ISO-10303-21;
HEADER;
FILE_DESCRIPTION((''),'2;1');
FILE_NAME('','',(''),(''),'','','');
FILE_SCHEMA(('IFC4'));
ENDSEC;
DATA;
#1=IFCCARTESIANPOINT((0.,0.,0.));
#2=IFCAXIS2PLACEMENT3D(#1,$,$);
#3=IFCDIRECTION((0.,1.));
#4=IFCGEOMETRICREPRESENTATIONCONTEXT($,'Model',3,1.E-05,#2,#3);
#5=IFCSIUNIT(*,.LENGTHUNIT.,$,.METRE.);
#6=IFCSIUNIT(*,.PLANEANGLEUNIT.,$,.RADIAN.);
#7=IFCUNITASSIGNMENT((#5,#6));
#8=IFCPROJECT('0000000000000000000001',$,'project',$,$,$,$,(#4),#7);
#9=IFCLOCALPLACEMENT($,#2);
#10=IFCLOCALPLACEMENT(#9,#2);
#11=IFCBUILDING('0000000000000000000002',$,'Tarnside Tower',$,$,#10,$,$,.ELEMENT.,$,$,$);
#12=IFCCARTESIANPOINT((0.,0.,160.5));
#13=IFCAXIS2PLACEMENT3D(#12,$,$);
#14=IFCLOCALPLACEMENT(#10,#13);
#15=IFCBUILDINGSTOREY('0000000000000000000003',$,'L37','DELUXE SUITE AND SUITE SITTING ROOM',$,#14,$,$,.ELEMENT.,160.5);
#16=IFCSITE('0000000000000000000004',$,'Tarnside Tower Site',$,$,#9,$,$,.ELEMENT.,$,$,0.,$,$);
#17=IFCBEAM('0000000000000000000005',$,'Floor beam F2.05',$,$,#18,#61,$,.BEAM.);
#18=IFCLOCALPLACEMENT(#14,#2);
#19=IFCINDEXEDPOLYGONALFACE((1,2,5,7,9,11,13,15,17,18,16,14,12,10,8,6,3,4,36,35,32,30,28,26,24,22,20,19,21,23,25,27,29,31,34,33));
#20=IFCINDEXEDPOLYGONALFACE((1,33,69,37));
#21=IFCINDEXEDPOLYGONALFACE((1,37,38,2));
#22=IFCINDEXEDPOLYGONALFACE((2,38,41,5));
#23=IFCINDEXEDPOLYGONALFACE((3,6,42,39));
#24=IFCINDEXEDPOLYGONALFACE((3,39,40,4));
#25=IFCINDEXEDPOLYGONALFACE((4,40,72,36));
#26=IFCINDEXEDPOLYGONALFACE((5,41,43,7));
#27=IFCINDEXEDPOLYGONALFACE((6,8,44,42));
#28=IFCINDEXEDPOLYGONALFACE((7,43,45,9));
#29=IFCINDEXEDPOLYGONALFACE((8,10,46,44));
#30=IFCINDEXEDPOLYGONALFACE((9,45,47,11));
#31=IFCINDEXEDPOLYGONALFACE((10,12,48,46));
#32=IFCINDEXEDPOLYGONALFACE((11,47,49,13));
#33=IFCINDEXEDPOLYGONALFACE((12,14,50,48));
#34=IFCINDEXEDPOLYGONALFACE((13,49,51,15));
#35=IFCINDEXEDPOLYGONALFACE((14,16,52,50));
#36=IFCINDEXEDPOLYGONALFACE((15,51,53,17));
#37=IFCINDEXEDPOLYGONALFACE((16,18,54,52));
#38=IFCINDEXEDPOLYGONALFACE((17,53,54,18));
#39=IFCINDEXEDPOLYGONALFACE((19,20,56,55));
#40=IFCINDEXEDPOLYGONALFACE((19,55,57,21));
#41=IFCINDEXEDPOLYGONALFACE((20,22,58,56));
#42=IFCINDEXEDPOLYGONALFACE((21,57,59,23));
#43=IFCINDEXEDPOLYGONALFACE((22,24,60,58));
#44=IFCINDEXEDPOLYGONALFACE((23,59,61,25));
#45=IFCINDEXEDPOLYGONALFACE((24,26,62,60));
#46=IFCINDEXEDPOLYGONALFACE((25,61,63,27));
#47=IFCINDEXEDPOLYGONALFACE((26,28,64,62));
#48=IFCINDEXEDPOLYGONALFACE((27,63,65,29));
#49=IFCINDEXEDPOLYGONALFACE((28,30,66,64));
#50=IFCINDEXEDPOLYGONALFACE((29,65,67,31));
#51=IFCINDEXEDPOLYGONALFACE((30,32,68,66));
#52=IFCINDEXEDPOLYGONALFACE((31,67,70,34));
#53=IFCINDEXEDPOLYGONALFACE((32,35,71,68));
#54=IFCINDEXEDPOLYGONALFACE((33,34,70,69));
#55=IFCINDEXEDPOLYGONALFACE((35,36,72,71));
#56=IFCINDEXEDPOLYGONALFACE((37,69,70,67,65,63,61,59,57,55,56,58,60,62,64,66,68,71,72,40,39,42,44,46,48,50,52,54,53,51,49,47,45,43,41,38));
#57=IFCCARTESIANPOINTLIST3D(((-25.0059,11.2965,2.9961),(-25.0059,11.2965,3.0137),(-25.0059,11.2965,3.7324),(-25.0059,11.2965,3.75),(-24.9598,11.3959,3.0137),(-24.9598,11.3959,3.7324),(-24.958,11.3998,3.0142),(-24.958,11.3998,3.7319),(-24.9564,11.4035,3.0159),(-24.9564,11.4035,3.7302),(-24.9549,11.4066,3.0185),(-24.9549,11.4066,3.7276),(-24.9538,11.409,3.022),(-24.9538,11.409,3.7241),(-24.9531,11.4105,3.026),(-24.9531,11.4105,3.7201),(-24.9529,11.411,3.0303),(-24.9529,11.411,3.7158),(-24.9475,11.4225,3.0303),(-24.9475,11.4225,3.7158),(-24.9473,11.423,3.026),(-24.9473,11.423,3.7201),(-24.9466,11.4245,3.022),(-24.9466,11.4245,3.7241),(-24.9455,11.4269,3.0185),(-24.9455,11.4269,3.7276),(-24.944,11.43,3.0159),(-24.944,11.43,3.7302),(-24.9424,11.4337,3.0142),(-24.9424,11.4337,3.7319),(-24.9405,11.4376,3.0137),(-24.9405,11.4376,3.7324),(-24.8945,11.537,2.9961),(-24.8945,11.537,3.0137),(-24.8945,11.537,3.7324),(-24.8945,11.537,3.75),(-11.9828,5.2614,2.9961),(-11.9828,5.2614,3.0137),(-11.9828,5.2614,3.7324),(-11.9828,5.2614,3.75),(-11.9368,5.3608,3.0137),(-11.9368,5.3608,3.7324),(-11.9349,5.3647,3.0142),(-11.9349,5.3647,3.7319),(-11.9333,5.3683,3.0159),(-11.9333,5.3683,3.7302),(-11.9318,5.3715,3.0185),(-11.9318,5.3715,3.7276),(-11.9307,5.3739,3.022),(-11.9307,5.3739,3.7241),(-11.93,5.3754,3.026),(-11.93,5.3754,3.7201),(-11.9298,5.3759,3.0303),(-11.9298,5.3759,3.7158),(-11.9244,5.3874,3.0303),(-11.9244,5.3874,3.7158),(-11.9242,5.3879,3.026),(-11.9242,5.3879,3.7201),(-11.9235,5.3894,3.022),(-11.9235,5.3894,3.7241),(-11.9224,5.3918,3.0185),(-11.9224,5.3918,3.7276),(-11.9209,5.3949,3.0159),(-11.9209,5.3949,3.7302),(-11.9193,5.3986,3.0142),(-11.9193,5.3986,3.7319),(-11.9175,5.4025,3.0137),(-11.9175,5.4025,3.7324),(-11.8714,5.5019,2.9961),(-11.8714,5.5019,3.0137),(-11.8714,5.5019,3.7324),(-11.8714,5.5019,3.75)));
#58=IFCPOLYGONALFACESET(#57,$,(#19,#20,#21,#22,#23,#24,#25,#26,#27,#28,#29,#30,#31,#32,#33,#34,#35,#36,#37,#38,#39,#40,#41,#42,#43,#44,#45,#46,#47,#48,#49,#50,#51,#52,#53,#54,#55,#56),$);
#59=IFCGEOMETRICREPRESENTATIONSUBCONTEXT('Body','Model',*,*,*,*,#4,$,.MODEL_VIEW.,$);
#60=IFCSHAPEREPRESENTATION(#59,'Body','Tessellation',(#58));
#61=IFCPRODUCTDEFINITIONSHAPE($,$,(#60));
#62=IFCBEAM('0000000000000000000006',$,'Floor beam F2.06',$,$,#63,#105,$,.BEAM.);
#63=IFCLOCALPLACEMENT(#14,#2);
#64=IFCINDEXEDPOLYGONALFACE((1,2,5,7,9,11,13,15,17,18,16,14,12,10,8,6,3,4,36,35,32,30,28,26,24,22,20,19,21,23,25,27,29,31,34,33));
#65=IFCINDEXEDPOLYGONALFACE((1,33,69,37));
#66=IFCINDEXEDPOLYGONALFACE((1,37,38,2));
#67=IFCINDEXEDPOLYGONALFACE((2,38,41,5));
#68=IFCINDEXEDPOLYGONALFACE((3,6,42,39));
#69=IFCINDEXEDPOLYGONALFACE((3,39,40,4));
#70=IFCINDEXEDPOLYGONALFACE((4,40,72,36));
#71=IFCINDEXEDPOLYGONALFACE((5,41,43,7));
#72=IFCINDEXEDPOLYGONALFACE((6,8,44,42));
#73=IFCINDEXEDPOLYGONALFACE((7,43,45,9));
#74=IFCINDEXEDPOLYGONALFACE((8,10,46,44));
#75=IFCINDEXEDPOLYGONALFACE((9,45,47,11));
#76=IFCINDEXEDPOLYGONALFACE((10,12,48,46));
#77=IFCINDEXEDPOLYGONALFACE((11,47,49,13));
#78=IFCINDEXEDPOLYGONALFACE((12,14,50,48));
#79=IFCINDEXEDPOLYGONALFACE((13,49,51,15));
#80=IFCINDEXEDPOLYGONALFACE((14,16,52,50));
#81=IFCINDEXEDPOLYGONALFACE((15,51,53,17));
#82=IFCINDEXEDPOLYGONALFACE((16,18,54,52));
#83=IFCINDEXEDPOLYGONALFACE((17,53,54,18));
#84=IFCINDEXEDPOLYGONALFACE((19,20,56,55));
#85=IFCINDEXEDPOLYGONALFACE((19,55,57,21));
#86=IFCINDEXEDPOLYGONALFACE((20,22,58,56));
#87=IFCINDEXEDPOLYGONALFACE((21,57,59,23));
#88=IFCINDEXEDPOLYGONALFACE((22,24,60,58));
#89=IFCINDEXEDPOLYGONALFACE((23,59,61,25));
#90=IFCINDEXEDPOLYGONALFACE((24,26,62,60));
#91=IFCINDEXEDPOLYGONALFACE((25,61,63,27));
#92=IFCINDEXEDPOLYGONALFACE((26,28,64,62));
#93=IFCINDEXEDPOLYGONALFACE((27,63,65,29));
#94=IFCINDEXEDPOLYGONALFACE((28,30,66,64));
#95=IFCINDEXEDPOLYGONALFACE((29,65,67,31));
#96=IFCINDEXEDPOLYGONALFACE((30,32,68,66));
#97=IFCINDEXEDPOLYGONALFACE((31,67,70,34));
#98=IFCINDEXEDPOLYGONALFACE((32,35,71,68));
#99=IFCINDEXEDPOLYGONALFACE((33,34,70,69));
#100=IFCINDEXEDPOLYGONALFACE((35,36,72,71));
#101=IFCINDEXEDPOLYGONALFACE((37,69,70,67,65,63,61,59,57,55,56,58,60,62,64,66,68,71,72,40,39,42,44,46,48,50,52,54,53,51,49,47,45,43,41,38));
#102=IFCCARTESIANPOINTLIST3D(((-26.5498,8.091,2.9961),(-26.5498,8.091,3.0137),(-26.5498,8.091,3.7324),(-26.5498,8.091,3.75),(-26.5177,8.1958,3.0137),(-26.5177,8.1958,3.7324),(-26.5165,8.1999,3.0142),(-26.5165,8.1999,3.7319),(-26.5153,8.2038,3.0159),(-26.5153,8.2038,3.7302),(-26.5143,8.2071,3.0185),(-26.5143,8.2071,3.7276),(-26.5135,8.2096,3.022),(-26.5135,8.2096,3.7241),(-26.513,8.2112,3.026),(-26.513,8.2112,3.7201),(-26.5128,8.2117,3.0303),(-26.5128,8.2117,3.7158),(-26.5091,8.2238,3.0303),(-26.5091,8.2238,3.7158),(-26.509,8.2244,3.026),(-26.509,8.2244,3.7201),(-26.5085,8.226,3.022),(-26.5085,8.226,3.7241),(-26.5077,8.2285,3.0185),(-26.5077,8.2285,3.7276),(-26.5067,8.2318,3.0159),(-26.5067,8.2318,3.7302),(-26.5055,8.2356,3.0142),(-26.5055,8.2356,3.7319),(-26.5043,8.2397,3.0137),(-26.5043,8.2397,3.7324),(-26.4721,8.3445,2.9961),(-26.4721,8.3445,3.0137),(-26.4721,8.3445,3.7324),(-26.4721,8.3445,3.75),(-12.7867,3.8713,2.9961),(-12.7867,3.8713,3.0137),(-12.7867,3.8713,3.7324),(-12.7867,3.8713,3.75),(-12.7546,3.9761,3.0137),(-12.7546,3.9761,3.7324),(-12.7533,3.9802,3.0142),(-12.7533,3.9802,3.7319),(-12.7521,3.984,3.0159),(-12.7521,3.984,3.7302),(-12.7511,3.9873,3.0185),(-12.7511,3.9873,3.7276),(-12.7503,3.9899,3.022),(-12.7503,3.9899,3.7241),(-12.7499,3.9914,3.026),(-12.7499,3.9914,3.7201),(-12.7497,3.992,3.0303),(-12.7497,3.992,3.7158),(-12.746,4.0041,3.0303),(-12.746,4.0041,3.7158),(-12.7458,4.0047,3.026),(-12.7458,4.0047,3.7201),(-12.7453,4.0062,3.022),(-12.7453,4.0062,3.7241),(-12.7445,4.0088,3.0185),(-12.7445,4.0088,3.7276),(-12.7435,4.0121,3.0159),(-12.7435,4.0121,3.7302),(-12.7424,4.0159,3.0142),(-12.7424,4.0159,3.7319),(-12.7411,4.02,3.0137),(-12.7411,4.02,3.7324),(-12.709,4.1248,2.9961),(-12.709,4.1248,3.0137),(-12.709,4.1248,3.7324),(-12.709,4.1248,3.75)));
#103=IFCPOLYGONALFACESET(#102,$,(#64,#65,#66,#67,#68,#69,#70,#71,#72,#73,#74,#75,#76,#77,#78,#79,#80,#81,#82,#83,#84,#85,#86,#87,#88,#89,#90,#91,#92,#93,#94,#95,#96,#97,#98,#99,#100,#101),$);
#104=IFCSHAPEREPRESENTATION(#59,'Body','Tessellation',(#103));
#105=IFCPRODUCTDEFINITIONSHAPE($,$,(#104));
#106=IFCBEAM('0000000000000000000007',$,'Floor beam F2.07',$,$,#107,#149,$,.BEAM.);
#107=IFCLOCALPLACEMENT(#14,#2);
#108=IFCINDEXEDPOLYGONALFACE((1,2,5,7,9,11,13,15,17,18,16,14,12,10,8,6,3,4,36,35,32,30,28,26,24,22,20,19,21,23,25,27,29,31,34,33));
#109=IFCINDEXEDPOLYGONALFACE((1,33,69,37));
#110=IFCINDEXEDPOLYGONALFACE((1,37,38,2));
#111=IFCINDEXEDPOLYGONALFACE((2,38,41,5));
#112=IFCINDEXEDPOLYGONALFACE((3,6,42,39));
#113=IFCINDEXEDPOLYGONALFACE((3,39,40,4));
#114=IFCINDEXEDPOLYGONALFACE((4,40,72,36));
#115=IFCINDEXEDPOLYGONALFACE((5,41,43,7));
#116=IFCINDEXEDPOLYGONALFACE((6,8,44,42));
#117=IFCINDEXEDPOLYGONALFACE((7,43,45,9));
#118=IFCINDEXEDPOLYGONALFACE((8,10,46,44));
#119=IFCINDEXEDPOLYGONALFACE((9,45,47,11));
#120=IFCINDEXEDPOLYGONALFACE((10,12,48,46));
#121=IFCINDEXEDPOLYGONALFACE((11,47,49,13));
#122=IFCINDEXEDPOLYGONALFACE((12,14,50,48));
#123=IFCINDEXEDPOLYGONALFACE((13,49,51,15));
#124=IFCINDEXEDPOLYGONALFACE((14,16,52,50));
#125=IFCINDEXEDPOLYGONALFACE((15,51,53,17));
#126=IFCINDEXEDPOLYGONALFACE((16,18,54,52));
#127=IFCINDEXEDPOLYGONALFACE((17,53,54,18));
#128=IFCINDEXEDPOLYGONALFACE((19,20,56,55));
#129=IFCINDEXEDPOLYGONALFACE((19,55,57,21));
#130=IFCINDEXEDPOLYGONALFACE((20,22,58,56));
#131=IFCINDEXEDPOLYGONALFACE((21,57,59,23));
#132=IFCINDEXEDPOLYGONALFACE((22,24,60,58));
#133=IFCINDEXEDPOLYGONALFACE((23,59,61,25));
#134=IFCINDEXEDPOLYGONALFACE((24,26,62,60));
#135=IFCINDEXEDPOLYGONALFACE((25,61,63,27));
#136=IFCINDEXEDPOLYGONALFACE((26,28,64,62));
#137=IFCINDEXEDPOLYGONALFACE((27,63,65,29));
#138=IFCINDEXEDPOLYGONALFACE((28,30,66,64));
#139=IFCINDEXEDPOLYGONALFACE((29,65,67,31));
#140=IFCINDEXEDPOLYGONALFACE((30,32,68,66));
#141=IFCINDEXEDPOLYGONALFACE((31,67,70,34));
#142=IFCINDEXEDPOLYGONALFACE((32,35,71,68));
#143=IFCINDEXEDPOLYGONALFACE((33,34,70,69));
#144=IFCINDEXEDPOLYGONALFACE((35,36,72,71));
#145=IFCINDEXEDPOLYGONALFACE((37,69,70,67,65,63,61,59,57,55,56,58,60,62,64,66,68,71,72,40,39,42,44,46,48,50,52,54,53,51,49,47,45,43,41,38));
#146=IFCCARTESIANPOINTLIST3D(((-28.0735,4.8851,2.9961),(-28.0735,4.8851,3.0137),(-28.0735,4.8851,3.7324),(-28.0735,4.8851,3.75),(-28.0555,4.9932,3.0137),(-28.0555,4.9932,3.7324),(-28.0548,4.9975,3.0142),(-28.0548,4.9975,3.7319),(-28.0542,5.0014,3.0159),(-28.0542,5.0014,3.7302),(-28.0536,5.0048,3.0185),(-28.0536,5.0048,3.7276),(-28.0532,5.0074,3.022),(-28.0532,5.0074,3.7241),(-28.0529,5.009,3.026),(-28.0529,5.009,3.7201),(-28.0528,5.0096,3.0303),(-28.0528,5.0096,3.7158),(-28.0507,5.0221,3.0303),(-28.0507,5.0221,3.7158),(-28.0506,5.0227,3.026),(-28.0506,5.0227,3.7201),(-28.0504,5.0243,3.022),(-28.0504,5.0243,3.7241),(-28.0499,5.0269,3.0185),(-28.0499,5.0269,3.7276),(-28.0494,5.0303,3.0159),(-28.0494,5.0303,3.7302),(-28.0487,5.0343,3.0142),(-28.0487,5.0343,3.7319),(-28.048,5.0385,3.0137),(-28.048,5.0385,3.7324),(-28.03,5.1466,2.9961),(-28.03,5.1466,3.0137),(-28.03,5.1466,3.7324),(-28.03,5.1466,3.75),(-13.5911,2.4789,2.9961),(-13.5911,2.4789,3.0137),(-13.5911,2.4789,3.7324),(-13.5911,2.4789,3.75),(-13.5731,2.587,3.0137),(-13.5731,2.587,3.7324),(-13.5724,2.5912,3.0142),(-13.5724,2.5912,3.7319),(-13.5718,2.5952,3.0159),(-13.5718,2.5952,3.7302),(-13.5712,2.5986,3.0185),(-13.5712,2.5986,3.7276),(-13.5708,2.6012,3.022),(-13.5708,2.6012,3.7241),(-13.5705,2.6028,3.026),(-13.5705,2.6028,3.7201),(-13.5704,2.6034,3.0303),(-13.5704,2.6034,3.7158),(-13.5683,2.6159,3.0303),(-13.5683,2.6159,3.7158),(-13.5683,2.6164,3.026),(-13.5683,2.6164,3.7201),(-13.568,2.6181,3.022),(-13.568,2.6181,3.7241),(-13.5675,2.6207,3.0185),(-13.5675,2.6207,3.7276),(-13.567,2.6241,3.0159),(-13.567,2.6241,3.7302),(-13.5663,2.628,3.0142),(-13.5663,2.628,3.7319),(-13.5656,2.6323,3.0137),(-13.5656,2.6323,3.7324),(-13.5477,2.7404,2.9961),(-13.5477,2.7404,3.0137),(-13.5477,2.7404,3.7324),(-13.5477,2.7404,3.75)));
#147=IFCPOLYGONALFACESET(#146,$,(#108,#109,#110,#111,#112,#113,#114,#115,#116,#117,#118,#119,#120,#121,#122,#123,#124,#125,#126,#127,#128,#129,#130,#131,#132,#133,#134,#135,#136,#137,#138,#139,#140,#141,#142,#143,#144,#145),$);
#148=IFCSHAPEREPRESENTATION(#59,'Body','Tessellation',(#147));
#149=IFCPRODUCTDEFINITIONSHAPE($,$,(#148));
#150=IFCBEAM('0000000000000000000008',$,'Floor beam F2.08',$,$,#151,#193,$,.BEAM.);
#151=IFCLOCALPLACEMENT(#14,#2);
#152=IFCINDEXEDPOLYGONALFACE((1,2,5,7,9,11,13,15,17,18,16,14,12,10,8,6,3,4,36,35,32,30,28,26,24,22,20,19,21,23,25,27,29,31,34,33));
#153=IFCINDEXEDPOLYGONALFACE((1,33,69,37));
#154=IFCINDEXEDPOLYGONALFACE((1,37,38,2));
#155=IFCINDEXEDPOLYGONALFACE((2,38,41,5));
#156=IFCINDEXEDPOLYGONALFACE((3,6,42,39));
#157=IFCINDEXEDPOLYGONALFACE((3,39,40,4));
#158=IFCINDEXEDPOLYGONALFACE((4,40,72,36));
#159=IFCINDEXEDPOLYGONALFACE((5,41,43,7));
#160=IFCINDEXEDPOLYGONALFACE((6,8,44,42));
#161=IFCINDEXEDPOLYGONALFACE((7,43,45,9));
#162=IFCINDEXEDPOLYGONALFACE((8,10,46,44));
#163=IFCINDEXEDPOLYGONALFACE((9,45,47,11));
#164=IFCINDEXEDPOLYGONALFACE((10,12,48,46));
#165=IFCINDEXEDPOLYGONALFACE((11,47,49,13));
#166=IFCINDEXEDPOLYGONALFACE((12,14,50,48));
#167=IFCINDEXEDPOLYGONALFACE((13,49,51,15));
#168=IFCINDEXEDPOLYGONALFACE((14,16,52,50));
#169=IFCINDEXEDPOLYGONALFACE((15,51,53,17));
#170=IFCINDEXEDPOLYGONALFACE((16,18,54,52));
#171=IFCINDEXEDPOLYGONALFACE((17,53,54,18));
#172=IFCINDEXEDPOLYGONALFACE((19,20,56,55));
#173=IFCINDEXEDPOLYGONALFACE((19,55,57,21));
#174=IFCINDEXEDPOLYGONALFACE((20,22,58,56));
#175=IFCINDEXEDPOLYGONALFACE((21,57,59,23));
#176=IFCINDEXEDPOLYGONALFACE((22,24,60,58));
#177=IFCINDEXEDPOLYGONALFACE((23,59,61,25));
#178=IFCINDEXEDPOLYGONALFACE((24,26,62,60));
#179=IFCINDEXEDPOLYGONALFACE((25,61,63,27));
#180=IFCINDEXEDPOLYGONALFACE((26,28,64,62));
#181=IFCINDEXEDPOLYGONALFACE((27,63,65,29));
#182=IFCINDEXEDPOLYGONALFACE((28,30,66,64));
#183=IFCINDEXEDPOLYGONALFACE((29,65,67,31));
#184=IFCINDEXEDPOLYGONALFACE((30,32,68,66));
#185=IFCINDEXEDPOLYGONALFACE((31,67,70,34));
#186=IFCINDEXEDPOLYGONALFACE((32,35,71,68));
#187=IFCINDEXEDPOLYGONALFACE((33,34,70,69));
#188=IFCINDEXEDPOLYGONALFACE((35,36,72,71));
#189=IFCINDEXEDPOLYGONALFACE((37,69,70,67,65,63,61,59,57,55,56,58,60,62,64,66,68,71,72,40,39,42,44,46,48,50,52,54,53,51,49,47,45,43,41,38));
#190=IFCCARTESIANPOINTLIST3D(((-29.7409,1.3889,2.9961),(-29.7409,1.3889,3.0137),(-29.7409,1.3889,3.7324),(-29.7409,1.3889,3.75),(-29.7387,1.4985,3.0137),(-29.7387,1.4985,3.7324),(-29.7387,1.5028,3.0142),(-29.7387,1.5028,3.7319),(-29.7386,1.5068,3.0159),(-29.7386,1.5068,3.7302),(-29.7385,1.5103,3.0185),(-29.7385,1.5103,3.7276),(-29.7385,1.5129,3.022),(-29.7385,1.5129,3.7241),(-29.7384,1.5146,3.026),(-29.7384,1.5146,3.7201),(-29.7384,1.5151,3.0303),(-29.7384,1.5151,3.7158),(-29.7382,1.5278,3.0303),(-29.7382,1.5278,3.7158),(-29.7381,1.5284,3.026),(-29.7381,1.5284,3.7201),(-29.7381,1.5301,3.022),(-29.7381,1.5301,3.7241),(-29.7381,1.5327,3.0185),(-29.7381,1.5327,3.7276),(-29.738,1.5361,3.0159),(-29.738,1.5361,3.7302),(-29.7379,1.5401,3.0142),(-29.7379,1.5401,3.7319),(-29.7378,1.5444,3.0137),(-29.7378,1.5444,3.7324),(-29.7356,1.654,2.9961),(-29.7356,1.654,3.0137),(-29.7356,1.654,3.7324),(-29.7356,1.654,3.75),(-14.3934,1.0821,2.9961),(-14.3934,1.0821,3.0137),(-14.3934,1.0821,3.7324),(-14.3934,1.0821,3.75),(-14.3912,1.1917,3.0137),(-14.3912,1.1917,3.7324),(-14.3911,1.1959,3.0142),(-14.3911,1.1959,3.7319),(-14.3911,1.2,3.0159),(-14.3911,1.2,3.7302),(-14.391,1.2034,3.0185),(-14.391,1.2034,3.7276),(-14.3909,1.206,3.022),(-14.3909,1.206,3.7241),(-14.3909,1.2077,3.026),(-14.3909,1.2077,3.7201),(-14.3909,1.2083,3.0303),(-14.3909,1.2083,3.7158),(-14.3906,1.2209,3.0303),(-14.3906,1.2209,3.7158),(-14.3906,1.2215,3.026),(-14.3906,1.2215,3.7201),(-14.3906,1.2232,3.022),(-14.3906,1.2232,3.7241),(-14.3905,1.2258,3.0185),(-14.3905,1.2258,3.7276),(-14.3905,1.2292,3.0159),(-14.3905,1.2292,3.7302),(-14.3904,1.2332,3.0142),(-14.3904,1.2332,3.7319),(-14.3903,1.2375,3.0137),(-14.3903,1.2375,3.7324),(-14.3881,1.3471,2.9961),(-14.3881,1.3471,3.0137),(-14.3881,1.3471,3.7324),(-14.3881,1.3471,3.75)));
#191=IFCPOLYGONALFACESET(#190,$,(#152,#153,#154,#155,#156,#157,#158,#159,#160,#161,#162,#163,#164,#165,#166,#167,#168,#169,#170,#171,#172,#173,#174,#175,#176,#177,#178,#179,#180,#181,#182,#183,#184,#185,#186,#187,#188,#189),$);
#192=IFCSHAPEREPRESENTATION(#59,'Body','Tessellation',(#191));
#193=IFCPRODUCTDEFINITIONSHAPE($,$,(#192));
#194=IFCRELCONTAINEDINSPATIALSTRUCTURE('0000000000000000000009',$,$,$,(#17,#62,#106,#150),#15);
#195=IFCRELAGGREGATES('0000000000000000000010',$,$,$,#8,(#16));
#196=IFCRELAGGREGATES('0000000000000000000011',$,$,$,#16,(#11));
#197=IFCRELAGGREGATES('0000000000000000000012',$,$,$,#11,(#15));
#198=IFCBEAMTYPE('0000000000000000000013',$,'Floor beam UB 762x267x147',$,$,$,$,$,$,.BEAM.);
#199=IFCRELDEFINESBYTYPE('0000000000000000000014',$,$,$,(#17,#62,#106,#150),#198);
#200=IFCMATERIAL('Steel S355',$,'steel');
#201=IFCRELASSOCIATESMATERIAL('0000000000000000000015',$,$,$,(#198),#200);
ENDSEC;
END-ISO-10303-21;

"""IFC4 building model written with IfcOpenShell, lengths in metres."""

from ifc_helpers import new_model, si_unit, direction, frame, origin, origin_2d, place, context, subcontext, project, spatial, i_section, extrude, material, material_profile, profile_set, type_object, element, save


model = new_model("IFC4")

# Units and contexts
model_context = context("Model", 3, precision=1e-05, world=origin(), true_north=direction((0.0, 1.0)))
body_context = subcontext(model_context, "Body", "Model", "MODEL_VIEW")
ifc_project = project(units=[si_unit("LENGTHUNIT", "METRE"), si_unit("PLANEANGLEUNIT", "RADIAN")], contexts=[model_context])

# Site, building, storey
site_placement = place(None, origin())
site = spatial("IfcSite", under=ifc_project, at=site_placement, Name="Tarnside Tower Site", CompositionType="ELEMENT", RefElevation=0.0)
building_placement = place(site_placement, origin())
building = spatial("IfcBuilding", under=site, at=building_placement, Name="Tarnside Tower", CompositionType="ELEMENT")
storey_placement = place(building_placement, frame((0.0, 0.0, 160.5)))
storey = spatial("IfcBuildingStorey", under=building, at=storey_placement, Name="L37", Description="DELUXE SUITE AND SUITE SITTING ROOM", CompositionType="ELEMENT", Elevation=160.5)

# Beams
ifc_material_1 = material(Name="Steel S355", Category="steel")
ifc_material_profile = material_profile(ifc_material_1, i_section(OverallWidth=0.2651, OverallDepth=0.7539, WebThickness=0.0127, FlangeThickness=0.0176, FilletRadius=0.0166, at=origin_2d()), Name="UB 762x267x147")
ifc_profile_set = profile_set([ifc_material_profile], Name="Steel S355")
beam_type = type_object("IfcBeamType", Name="Floor beam UB 762x267x147", PredefinedType="BEAM", material=ifc_profile_set)
beam_1_placement = place(storey_placement, frame((-24.9502, 11.4167, 3.373), z_axis=(0.90731, -0.420462, 0.0), x_axis=(0.420462, 0.90731, 0.0)))
element("IfcBeam", 1, at=beam_1_placement, inside=storey, type_object=beam_type, Name="Floor beam F2.05", PredefinedType="BEAM", context=body_context, shape_type="SweptSolid", body=[
    extrude(i_section(OverallWidth=0.2651, OverallDepth=0.7539, WebThickness=0.0127, FlangeThickness=0.0176, FilletRadius=0.0166, at=origin_2d()), origin(), (0.0, 0.0, 1.0), 14.3535),
])
beam_2_placement = place(storey_placement, frame((-26.511, 8.2178, 3.373), z_axis=(0.956073, -0.293128, 0.0), x_axis=(0.293128, 0.956073, 0.0)))
element("IfcBeam", 2, at=beam_2_placement, inside=storey, type_object=beam_type, Name="Floor beam F2.06", PredefinedType="BEAM", context=body_context, shape_type="SweptSolid", body=[
    extrude(i_section(OverallWidth=0.2651, OverallDepth=0.7539, WebThickness=0.0127, FlangeThickness=0.0176, FilletRadius=0.0166, at=origin_2d()), origin(), (0.0, 0.0, 1.0), 14.3955),
])
beam_3_placement = place(storey_placement, frame((-28.0518, 5.0159, 3.373), z_axis=(0.986476, -0.163903, 0.0), x_axis=(0.163903, 0.986476, 0.0)))
element("IfcBeam", 3, at=beam_3_placement, inside=storey, type_object=beam_type, Name="Floor beam F2.07", PredefinedType="BEAM", context=body_context, shape_type="SweptSolid", body=[
    extrude(i_section(OverallWidth=0.2651, OverallDepth=0.7539, WebThickness=0.0127, FlangeThickness=0.0176, FilletRadius=0.0166, at=origin_2d()), origin(), (0.0, 0.0, 1.0), 14.6809),
])
beam_4_placement = place(storey_placement, frame((-29.7383, 1.5215, 3.373), z_axis=(0.9998, -0.019992, 0.0), x_axis=(0.019992, 0.9998, 0.0)))
element("IfcBeam", 4, at=beam_4_placement, inside=storey, type_object=beam_type, Name="Floor beam F2.08", PredefinedType="BEAM", context=body_context, shape_type="SweptSolid", body=[
    extrude(i_section(OverallWidth=0.2651, OverallDepth=0.7539, WebThickness=0.0127, FlangeThickness=0.0176, FilletRadius=0.0166, at=origin_2d()), origin(), (0.0, 0.0, 1.0), 15.3506),
])

save(model, "model.ifc")
